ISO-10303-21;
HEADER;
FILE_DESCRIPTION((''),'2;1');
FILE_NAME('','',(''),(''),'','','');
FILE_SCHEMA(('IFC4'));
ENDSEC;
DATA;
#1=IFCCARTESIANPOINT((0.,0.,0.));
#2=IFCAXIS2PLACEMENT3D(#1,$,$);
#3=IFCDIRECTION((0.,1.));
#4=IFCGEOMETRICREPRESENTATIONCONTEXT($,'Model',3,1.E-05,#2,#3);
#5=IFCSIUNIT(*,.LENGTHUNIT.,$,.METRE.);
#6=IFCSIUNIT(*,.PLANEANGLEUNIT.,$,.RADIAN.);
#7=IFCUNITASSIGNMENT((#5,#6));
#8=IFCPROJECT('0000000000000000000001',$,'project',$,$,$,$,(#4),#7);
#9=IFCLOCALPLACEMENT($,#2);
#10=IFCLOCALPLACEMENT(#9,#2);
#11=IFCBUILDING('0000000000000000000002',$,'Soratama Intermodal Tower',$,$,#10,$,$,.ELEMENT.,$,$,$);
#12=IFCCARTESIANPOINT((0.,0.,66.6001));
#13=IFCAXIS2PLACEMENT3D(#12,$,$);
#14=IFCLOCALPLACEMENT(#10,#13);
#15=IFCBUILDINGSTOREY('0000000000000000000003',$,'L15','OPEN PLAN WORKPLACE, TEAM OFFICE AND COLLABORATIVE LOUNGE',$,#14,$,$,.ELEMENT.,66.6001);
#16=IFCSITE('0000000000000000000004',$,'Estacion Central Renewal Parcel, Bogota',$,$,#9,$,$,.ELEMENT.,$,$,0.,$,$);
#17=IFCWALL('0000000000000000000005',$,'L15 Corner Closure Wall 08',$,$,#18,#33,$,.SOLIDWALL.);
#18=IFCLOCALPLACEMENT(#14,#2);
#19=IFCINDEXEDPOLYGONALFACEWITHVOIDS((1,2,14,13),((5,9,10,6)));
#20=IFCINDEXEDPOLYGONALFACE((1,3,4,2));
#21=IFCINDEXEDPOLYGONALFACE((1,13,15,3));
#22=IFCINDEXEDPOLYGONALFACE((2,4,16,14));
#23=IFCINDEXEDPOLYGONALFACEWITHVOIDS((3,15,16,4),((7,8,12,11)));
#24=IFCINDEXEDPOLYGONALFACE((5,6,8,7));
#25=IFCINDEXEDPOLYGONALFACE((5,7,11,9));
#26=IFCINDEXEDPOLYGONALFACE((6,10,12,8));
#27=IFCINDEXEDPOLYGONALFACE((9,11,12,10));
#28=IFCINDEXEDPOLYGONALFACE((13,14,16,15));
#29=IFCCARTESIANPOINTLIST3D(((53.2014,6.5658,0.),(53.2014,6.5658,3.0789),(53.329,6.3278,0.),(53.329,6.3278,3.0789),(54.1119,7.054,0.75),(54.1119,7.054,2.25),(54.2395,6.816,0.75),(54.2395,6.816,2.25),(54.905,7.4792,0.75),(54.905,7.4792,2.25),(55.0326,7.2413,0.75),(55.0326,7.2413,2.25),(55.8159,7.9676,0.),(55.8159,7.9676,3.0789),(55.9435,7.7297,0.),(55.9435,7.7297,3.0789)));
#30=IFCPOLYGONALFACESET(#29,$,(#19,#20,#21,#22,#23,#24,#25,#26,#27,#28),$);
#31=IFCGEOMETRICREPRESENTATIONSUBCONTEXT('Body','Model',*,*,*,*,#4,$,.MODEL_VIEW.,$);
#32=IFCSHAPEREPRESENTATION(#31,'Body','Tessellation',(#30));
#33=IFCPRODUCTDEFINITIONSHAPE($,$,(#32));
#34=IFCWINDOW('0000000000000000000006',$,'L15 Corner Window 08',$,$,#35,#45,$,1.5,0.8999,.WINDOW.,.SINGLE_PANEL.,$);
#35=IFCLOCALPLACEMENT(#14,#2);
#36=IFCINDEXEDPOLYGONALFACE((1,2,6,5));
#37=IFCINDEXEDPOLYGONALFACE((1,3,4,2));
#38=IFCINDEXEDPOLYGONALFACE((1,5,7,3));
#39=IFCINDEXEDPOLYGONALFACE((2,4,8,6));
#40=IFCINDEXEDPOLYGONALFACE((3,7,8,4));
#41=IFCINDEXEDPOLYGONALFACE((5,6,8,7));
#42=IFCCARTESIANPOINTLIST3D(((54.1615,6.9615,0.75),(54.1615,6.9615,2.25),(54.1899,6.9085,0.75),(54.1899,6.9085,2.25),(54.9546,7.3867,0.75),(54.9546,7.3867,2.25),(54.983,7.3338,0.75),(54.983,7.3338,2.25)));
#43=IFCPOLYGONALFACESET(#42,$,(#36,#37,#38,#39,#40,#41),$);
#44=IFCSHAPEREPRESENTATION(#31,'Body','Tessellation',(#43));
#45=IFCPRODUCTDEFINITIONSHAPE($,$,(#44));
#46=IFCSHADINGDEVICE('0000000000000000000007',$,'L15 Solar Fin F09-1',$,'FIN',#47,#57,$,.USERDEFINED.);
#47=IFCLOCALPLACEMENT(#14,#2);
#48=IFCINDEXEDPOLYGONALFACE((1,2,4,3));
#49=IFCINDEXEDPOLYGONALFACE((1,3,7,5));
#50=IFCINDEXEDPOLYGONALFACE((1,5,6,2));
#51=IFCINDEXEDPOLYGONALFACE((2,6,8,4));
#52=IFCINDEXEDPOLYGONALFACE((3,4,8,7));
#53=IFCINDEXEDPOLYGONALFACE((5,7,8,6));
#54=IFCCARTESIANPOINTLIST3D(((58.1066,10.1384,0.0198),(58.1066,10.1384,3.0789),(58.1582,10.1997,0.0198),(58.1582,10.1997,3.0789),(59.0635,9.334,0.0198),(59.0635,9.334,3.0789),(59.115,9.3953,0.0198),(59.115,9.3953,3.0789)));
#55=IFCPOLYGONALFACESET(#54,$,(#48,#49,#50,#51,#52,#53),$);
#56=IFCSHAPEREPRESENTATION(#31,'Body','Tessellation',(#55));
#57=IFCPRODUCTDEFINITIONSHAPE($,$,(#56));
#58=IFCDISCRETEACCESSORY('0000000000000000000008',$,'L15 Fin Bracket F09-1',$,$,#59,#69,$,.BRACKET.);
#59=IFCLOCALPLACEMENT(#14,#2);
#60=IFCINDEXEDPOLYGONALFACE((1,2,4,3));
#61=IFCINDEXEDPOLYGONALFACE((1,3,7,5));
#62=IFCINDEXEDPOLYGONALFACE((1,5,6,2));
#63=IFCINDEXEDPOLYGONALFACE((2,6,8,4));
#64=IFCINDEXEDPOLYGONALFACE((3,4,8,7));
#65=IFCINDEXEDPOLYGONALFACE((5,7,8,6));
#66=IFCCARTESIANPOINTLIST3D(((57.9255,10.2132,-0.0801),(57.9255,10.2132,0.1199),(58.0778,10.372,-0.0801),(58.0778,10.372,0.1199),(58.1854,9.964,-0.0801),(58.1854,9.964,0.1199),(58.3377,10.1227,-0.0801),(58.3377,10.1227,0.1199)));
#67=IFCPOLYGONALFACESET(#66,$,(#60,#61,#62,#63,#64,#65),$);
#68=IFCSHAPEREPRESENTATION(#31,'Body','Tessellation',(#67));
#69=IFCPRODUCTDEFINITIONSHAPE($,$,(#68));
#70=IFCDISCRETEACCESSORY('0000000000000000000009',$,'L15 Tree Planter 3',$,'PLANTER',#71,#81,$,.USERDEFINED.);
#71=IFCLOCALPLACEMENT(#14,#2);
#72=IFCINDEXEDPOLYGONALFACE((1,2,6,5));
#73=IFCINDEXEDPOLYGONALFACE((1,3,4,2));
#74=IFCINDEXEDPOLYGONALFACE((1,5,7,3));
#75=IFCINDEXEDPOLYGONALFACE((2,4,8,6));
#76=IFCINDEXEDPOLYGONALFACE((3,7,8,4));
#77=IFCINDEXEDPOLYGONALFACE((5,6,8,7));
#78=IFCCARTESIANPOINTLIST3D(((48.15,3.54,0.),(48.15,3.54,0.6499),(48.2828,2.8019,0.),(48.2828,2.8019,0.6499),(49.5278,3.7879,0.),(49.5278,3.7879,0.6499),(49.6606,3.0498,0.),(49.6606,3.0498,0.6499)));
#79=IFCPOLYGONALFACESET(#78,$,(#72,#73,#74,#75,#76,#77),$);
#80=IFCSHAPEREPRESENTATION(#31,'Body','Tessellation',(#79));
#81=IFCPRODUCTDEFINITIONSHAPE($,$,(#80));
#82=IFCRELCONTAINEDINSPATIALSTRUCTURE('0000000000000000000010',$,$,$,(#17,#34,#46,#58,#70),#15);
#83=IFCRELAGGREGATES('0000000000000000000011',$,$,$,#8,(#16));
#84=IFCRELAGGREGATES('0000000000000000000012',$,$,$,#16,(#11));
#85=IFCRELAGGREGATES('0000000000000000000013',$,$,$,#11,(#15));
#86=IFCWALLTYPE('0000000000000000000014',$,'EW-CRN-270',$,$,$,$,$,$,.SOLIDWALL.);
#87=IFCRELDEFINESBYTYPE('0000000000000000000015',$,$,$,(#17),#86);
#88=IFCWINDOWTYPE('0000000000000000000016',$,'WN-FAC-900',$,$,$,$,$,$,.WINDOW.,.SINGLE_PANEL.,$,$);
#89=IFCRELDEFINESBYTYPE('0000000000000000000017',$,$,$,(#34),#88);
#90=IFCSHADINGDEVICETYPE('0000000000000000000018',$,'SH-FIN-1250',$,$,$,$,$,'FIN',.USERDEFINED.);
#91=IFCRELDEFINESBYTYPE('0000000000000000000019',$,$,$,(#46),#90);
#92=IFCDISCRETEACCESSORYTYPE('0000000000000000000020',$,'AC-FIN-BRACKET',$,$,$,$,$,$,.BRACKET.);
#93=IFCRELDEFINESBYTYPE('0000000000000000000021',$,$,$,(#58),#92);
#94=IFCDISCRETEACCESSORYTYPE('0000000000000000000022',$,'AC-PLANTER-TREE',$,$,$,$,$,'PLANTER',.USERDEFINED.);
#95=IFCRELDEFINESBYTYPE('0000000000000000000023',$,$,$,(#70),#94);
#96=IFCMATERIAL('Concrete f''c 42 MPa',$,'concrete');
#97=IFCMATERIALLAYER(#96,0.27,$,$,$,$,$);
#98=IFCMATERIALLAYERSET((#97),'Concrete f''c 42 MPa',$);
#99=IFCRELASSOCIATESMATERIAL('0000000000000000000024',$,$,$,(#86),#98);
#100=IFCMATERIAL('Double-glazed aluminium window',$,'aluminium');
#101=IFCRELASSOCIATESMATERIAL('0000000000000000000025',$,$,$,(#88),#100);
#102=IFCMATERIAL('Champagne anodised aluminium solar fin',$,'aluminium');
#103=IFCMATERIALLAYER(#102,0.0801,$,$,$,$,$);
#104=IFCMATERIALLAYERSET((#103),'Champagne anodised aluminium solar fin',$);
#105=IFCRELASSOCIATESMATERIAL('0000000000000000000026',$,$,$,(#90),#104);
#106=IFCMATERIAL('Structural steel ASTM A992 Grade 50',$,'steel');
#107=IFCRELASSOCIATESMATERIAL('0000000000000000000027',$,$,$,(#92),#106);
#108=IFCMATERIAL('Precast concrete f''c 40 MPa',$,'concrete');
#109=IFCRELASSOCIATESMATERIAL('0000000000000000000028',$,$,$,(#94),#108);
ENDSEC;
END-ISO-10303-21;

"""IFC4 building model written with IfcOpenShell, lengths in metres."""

from ifc_helpers import new_model, si_unit, direction, frame, frame_2d, origin, origin_2d, place, context, subcontext, project, spatial, rectangle, extrude, material, layer, layer_set, type_object, element, fill, save


model = new_model("IFC4")

# Units and contexts
model_context = context("Model", 3, precision=1e-05, world=origin(), true_north=direction((0.0, 1.0)))
body_context = subcontext(model_context, "Body", "Model", "MODEL_VIEW")
ifc_project = project(units=[si_unit("LENGTHUNIT", "METRE"), si_unit("PLANEANGLEUNIT", "RADIAN")], contexts=[model_context])

# Site, building, storey
site_placement = place(None, origin())
site = spatial("IfcSite", under=ifc_project, at=site_placement, Name="Estacion Central Renewal Parcel, Bogota", CompositionType="ELEMENT", RefElevation=0.0)
building_placement = place(site_placement, origin())
building = spatial("IfcBuilding", under=site, at=building_placement, Name="Soratama Intermodal Tower", CompositionType="ELEMENT")
storey_placement = place(building_placement, frame((0.0, 0.0, 66.6001)))
storey = spatial("IfcBuildingStorey", under=building, at=storey_placement, Name="L15", Description="OPEN PLAN WORKPLACE, TEAM OFFICE AND COLLABORATIVE LOUNGE", CompositionType="ELEMENT", Elevation=66.6001)

# Wall, opening, window
ifc_material_1 = material(Name="Concrete f'c 42 MPa", Category="concrete")
ifc_layer_1 = layer(ifc_material_1, 0.27)
ifc_layer_set_1 = layer_set([ifc_layer_1], Name="Concrete f'c 42 MPa")
wall_type = type_object("IfcWallType", Name="EW-CRN-270", PredefinedType="SOLIDWALL", material=ifc_layer_set_1)
wall_placement = place(storey_placement, frame((53.2651, 6.4468, 0.0), z_axis=(0.0, 0.0, 1.0), x_axis=(0.881307, 0.472543, 0.0)))
wall = element("IfcWall", 1, at=wall_placement, inside=storey, type_object=wall_type, Name="L15 Corner Closure Wall 08", PredefinedType="SOLIDWALL", context=body_context, shape_type="SweptSolid", body=[
    extrude(rectangle(XDim=2.9666, YDim=0.27, at=frame_2d((1.4834, 0.0))), origin(), (0.0, 0.0, 1.0), 3.0789),
])
opening_placement = place(wall_placement, frame((1.0332, 0.0, 0.75)))
opening = element("IfcOpeningElement", 2, at=opening_placement, cuts=wall, PredefinedType="OPENING", context=body_context, shape_type="SweptSolid", body=[
    extrude(rectangle(XDim=0.8999, YDim=1.5, at=frame_2d((0.45, 0.75))), frame((0.0, 0.145, 0.0), z_axis=(0.0, -1.0, 0.0), x_axis=(1.0, 0.0, 0.0)), (0.0, 0.0, 1.0), 0.29),
])
ifc_material_2 = material(Name="Double-glazed aluminium window", Category="aluminium")
window_type = type_object("IfcWindowType", Name="WN-FAC-900", PartitioningType="SINGLE_PANEL", PredefinedType="WINDOW", material=ifc_material_2)
window_placement = place(opening_placement, origin())
window = element("IfcWindow", 3, at=window_placement, inside=storey, type_object=window_type, Name="L15 Corner Window 08", OverallHeight=1.5, OverallWidth=0.8999, PartitioningType="SINGLE_PANEL", PredefinedType="WINDOW", context=body_context, shape_type="SweptSolid", body=[
    extrude(rectangle(XDim=0.8999, YDim=1.5, at=frame_2d((0.45, 0.75))), frame((0.0, 0.03, 0.0), z_axis=(0.0, -1.0, 0.0), x_axis=(1.0, 0.0, 0.0)), (0.0, 0.0, 1.0), 0.0601),
])
fill(opening, window)

# Shading device
ifc_material_3 = material(Name="Champagne anodised aluminium solar fin", Category="aluminium")
ifc_layer_2 = layer(ifc_material_3, 0.0801)
ifc_layer_set_2 = layer_set([ifc_layer_2], Name="Champagne anodised aluminium solar fin")
shading_device_type = type_object("IfcShadingDeviceType", Name="SH-FIN-1250", ElementType="FIN", PredefinedType="USERDEFINED", material=ifc_layer_set_2)
shading_device_placement = place(storey_placement, frame((58.6108, 9.7668, 0.0198), z_axis=(0.0, 0.0, 1.0), x_axis=(0.765483, -0.643456, 0.0)))
element("IfcShadingDevice", 4, at=shading_device_placement, inside=storey, type_object=shading_device_type, Name="L15 Solar Fin F09-1", ObjectType="FIN", PredefinedType="USERDEFINED", context=body_context, shape_type="SweptSolid", body=[
    extrude(rectangle(XDim=1.25, YDim=0.0801, at=origin_2d()), origin(), (0.0, 0.0, 1.0), 3.0591),
])

# Discrete accessories
ifc_material_4 = material(Name="Structural steel ASTM A992 Grade 50", Category="steel")
discrete_accessory_type_1 = type_object("IfcDiscreteAccessoryType", Name="AC-FIN-BRACKET", PredefinedType="BRACKET", material=ifc_material_4)
discrete_accessory_1_placement = place(storey_placement, frame((58.1316, 10.168, -0.0801), z_axis=(0.0, 0.0, 1.0), x_axis=(0.72176, -0.692143, 0.0)))
element("IfcDiscreteAccessory", 5, at=discrete_accessory_1_placement, inside=storey, type_object=discrete_accessory_type_1, Name="L15 Fin Bracket F09-1", PredefinedType="BRACKET", context=body_context, shape_type="SweptSolid", body=[
    extrude(rectangle(XDim=0.3601, YDim=0.22, at=origin_2d()), origin(), (0.0, 0.0, 1.0), 0.2),
])
ifc_material_5 = material(Name="Precast concrete f'c 40 MPa", Category="concrete")
discrete_accessory_type_2 = type_object("IfcDiscreteAccessoryType", Name="AC-PLANTER-TREE", ElementType="PLANTER", PredefinedType="USERDEFINED", material=ifc_material_5)
discrete_accessory_2_placement = place(storey_placement, frame((48.9053, 3.2949, 0.0), z_axis=(0.0, 0.0, 1.0), x_axis=(0.177085, -0.984196, 0.0)))
element("IfcDiscreteAccessory", 6, at=discrete_accessory_2_placement, inside=storey, type_object=discrete_accessory_type_2, Name="L15 Tree Planter 3", ObjectType="PLANTER", PredefinedType="USERDEFINED", context=body_context, shape_type="SweptSolid", body=[
    extrude(rectangle(XDim=0.75, YDim=1.3999, at=origin_2d()), origin(), (0.0, 0.0, 1.0), 0.6499),
])

save(model, "model.ifc")
